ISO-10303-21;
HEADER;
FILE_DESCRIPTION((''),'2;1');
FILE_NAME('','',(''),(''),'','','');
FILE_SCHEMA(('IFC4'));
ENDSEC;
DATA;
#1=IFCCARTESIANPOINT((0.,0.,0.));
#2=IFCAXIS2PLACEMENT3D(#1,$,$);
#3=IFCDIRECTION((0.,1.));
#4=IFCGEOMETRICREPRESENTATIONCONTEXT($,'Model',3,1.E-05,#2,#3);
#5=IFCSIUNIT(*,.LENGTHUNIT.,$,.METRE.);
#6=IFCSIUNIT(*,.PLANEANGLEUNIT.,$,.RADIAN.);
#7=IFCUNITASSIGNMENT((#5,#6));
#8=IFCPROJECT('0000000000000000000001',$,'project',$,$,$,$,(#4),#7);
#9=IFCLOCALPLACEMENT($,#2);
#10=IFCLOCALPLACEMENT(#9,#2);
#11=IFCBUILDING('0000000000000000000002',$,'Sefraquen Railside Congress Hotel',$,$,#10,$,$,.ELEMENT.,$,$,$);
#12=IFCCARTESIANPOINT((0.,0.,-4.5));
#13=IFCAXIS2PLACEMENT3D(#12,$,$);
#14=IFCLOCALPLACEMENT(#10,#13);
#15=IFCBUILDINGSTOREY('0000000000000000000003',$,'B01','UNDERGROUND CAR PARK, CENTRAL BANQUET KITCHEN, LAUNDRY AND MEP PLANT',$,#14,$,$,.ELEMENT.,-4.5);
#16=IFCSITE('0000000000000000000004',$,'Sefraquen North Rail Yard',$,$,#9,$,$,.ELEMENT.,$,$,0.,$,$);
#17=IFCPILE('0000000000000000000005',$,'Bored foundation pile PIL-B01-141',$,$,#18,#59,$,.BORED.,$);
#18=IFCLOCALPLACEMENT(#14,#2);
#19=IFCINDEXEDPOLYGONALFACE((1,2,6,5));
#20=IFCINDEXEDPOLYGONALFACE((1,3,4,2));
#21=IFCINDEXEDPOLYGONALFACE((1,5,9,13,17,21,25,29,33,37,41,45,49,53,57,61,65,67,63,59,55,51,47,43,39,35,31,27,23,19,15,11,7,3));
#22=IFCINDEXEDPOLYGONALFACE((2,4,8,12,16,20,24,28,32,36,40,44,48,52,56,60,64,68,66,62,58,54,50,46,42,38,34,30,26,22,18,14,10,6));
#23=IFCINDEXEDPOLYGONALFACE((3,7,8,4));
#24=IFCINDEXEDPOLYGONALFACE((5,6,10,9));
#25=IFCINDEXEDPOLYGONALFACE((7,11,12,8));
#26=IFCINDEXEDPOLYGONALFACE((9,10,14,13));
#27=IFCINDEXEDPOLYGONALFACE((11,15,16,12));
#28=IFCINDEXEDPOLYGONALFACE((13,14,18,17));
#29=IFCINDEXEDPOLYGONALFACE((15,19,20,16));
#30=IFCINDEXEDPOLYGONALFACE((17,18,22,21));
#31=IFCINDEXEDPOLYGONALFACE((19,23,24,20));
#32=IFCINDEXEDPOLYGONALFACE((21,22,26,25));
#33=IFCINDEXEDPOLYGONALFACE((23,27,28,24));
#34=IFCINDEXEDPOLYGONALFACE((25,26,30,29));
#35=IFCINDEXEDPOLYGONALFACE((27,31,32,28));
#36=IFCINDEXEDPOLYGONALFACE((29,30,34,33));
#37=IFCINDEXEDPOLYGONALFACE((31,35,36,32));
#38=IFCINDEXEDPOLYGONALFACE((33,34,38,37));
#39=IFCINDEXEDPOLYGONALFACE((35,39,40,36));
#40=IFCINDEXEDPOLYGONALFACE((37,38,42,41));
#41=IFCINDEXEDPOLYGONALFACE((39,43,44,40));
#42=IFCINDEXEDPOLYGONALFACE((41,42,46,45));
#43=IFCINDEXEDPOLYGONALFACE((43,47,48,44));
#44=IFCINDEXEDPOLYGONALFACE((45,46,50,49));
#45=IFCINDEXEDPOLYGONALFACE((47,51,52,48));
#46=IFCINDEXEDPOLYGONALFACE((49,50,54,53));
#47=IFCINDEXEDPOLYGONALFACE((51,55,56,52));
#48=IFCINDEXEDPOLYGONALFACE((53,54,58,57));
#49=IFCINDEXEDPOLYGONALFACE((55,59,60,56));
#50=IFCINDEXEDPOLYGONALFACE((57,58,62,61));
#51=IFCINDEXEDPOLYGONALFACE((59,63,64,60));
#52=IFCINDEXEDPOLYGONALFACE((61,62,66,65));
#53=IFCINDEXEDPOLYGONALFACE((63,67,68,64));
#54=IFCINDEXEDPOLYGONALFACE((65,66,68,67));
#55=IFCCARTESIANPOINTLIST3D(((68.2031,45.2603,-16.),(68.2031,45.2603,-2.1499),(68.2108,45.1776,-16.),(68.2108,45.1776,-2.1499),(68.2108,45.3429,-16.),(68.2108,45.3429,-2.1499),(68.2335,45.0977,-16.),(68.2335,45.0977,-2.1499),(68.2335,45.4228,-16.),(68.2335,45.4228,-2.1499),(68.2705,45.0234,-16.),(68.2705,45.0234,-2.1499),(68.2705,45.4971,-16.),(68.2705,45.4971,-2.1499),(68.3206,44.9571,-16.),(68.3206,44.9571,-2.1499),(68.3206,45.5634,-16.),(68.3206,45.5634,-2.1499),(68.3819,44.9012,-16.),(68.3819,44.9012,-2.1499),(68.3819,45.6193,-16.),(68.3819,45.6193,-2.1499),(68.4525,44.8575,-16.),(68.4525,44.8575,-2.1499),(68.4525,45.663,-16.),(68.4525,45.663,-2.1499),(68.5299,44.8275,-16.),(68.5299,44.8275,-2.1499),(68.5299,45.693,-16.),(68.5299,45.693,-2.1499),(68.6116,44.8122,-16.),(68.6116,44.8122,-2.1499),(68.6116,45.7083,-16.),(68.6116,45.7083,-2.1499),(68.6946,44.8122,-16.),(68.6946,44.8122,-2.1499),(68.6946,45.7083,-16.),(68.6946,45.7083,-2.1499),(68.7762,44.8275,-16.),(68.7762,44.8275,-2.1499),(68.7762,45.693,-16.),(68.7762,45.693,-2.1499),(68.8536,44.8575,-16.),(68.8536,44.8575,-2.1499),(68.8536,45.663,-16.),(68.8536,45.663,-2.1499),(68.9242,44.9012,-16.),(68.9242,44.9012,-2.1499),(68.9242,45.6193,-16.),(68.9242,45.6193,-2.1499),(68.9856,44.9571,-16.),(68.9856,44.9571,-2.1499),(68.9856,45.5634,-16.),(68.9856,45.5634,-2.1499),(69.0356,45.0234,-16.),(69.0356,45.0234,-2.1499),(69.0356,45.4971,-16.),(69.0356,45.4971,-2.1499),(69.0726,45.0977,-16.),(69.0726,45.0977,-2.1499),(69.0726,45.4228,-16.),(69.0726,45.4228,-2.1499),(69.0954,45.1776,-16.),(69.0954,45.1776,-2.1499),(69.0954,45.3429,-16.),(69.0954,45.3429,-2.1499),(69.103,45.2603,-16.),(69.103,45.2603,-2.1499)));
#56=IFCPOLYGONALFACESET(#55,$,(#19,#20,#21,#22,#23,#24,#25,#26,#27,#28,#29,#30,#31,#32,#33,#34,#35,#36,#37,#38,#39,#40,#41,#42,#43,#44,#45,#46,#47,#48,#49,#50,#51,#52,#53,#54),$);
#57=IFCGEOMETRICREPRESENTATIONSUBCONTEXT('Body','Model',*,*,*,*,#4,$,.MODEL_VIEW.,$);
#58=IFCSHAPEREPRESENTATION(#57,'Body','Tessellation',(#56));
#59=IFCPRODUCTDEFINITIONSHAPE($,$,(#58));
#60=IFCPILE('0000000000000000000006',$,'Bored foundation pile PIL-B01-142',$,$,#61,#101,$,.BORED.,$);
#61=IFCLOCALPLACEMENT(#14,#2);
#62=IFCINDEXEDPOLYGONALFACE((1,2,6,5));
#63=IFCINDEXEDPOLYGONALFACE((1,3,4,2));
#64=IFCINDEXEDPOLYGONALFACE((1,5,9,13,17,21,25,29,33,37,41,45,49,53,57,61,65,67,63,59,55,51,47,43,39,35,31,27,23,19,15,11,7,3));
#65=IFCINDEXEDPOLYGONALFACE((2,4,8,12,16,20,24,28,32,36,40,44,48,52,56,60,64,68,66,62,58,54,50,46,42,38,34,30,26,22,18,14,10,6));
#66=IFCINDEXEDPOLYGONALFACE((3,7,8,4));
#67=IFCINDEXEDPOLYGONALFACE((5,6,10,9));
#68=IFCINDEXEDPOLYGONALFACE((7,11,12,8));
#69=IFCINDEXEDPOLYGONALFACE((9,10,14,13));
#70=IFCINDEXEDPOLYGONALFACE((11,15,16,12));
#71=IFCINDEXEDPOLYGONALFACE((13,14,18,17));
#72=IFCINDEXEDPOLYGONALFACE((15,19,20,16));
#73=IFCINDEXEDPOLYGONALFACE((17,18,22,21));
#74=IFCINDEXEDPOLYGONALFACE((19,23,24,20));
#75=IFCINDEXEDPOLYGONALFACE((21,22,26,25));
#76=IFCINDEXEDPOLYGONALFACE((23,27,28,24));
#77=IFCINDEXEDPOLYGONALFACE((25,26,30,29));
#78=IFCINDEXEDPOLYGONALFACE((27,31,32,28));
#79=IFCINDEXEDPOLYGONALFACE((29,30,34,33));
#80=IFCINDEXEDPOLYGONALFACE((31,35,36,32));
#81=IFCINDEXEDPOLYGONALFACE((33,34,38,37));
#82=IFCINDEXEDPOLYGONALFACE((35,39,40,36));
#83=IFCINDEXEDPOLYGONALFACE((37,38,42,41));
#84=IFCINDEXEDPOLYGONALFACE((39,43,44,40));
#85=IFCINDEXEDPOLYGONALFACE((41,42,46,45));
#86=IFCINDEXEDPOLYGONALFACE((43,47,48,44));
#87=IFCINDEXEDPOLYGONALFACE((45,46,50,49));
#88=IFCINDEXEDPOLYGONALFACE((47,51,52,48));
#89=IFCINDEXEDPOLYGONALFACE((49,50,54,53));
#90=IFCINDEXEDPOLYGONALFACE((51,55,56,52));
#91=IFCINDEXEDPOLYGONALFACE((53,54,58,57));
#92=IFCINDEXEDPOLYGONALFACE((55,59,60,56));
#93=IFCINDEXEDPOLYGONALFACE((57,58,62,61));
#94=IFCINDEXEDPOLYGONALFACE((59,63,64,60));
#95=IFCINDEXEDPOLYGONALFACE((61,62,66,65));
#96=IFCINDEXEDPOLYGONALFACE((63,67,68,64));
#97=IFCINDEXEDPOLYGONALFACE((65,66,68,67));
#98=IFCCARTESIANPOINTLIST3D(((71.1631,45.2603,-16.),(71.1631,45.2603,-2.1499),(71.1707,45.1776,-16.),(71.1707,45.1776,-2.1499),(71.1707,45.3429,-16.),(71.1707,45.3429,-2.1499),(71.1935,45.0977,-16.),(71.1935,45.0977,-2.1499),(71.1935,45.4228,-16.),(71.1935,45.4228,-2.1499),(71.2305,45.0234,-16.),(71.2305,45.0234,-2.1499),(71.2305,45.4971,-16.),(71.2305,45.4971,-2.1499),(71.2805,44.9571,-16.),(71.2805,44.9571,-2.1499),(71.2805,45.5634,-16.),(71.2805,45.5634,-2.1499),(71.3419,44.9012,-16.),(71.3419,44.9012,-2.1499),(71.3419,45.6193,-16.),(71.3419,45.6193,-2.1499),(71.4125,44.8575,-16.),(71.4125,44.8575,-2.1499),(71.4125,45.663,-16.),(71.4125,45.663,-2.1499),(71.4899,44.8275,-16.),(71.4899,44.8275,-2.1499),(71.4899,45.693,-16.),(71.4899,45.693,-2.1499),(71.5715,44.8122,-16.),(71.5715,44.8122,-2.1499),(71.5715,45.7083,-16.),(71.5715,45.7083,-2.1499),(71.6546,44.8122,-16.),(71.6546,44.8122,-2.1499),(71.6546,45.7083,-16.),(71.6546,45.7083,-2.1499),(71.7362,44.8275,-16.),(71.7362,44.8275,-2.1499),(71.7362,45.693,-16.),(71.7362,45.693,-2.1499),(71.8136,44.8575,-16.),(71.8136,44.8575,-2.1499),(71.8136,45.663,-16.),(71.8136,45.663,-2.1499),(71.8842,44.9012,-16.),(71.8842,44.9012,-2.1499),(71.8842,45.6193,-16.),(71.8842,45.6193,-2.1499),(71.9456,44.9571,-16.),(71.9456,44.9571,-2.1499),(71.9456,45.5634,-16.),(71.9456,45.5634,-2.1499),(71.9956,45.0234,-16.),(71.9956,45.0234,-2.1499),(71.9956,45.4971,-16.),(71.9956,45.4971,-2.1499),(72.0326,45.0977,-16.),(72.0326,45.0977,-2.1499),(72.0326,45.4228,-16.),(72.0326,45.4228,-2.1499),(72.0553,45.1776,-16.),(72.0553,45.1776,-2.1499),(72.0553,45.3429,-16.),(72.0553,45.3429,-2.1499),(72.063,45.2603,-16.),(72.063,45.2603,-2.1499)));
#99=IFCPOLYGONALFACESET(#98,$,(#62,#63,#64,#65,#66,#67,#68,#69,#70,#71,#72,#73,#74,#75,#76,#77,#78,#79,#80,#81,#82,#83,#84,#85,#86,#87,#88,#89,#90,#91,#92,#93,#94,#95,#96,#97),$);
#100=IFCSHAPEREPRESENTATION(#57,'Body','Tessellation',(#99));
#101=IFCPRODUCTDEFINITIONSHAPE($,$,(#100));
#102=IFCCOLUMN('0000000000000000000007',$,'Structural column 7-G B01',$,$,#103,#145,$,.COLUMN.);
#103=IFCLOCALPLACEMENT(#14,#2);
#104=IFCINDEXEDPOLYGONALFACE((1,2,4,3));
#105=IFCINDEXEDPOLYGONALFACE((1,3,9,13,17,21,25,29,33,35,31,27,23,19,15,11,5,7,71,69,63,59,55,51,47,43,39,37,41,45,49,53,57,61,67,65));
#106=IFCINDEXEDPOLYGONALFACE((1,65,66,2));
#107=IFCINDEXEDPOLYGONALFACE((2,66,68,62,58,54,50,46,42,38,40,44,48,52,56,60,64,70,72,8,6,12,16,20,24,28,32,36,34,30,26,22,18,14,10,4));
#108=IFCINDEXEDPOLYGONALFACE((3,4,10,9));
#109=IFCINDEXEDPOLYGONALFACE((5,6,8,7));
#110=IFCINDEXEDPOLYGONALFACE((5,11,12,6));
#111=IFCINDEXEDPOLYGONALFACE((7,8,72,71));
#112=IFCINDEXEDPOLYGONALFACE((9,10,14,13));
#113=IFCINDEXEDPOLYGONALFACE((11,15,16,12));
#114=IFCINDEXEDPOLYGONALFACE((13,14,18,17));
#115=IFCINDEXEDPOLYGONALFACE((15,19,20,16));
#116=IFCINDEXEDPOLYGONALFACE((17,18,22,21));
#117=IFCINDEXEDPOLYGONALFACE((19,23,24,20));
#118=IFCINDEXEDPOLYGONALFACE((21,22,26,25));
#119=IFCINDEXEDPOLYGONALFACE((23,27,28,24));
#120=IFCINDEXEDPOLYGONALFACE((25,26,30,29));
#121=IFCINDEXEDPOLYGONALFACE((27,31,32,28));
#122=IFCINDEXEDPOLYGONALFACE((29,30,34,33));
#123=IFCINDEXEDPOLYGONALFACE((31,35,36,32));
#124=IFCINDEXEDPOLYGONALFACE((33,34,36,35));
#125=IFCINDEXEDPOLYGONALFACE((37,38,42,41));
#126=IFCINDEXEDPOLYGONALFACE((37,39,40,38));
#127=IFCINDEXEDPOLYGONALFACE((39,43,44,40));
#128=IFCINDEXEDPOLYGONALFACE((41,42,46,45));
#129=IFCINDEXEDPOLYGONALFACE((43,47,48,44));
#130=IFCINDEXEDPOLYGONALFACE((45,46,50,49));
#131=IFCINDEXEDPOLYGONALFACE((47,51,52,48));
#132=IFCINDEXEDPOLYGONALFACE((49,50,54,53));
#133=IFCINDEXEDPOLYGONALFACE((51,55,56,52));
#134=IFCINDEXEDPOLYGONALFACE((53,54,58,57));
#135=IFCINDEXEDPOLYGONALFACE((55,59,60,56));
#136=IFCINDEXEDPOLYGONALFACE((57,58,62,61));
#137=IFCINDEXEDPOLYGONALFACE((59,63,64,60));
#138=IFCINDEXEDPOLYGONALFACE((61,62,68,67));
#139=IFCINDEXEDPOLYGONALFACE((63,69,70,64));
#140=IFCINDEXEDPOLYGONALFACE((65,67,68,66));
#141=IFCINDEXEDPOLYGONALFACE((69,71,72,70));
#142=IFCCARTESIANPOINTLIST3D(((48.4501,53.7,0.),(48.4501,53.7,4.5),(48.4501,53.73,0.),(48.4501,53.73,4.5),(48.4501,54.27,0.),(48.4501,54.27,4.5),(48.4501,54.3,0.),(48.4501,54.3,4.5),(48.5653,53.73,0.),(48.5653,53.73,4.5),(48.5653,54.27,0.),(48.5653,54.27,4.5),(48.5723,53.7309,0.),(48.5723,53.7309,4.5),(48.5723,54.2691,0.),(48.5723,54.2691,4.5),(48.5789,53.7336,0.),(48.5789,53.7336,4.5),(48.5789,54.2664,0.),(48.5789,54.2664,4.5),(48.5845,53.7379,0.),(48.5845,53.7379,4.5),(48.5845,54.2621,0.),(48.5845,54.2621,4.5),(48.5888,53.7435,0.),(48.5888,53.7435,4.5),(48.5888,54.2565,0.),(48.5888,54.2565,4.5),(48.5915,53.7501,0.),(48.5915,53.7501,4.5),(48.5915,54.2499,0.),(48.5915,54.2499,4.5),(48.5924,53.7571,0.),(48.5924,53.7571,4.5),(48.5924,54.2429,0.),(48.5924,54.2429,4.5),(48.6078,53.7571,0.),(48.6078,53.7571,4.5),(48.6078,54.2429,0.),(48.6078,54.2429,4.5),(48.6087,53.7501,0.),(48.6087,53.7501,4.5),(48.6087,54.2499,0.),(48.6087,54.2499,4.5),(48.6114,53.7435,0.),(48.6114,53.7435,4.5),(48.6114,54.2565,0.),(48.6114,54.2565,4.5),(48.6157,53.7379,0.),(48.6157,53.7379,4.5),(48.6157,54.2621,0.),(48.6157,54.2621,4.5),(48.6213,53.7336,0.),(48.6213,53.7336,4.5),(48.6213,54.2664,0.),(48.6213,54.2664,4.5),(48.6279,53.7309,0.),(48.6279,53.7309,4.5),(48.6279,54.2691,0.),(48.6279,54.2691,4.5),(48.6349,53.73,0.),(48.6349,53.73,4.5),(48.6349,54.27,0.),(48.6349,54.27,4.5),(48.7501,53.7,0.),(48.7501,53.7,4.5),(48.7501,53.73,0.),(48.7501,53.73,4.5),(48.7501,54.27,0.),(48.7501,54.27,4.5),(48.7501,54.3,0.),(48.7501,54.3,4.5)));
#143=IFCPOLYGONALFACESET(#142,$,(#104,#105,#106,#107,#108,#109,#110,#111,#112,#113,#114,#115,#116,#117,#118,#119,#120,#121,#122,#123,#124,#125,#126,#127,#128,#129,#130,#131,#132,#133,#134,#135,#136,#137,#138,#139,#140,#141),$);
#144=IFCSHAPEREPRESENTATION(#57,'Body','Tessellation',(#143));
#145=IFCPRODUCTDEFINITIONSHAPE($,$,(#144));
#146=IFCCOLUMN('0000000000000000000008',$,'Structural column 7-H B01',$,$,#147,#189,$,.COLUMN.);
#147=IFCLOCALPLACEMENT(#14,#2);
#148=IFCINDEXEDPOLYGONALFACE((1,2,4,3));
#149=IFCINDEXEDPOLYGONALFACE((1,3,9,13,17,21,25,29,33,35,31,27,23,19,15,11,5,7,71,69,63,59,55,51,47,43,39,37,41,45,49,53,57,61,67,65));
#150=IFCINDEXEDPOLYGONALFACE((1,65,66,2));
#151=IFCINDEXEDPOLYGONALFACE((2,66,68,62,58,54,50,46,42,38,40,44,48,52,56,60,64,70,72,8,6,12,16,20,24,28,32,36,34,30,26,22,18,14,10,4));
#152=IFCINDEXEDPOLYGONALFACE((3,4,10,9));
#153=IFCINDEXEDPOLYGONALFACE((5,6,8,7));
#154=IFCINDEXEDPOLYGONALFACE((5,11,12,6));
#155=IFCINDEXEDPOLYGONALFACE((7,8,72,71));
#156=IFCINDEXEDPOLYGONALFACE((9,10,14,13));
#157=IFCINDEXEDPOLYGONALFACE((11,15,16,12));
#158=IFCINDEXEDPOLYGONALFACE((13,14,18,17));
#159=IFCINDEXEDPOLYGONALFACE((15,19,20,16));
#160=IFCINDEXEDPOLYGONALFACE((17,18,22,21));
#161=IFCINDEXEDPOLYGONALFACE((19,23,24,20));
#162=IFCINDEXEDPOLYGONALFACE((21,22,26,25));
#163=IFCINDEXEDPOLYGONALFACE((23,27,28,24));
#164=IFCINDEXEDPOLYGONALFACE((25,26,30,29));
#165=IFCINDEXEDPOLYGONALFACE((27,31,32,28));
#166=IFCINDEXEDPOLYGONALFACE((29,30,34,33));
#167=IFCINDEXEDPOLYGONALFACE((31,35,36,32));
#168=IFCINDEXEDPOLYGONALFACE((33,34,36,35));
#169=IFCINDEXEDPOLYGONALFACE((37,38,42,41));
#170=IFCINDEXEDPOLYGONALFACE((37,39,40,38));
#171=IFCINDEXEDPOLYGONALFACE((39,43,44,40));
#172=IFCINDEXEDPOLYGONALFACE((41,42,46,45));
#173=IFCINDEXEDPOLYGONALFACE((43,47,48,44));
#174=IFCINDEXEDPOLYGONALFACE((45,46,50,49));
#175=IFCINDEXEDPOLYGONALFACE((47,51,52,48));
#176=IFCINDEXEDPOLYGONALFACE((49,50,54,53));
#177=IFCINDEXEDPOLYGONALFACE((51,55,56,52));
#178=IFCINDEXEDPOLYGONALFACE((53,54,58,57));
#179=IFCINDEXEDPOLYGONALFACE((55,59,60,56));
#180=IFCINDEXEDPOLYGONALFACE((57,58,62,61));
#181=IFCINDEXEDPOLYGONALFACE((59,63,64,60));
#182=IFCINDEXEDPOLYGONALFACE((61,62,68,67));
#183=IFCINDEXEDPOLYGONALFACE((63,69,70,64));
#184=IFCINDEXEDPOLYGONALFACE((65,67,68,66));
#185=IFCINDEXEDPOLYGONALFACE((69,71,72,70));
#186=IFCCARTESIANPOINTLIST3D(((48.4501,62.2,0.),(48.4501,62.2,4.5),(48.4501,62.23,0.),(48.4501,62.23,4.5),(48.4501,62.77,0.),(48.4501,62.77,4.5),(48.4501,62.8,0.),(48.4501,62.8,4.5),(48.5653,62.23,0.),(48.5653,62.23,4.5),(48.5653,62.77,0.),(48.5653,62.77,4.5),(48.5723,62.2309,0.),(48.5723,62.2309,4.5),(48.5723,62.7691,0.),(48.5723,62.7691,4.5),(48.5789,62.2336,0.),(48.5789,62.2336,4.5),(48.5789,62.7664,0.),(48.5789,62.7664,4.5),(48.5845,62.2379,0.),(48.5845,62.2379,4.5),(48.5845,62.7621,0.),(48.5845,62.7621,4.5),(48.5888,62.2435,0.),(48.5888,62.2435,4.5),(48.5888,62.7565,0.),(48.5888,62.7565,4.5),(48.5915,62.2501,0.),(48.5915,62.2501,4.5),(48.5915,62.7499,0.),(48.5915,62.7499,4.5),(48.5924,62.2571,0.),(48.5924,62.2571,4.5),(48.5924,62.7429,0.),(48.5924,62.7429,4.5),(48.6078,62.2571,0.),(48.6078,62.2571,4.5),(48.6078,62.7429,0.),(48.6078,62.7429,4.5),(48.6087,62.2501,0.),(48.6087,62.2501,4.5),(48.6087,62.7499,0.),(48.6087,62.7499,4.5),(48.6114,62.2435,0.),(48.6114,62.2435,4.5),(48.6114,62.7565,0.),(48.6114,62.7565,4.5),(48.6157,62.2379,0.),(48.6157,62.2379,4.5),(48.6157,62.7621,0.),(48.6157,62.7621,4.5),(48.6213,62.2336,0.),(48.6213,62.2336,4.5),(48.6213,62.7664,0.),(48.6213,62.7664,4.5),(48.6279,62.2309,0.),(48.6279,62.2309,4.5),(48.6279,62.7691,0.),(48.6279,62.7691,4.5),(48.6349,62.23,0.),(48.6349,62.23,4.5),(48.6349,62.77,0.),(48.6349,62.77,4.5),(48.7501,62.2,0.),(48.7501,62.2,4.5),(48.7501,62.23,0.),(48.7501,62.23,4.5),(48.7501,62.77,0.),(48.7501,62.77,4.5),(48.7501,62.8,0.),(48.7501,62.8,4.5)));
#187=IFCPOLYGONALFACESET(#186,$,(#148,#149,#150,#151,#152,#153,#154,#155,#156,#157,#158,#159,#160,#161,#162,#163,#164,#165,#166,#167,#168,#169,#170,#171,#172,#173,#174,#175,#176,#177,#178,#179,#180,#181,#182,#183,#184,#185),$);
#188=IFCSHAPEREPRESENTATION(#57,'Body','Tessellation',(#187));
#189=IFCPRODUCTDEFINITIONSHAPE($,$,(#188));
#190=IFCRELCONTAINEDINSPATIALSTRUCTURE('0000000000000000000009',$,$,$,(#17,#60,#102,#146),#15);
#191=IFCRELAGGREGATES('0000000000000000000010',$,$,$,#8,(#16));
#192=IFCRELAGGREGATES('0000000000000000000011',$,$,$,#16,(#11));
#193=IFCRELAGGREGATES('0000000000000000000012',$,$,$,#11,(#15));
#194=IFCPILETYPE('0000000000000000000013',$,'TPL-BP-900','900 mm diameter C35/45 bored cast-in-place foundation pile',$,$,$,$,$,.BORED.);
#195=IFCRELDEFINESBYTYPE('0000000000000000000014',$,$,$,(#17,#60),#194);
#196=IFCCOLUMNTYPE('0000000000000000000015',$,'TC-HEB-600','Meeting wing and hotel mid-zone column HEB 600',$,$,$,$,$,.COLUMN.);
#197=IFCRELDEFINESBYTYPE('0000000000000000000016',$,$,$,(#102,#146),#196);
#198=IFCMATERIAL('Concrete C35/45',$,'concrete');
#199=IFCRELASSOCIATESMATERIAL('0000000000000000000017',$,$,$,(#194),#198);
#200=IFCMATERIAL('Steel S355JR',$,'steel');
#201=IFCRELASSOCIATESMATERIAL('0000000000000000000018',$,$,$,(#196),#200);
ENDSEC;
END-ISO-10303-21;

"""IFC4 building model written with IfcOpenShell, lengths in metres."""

from ifc_helpers import new_model, si_unit, direction, frame, origin, origin_2d, place, context, subcontext, project, spatial, circle, i_section, extrude, material, material_profile, profile_set, type_object, element, save


model = new_model("IFC4")

# Units and contexts
model_context = context("Model", 3, precision=1e-05, world=origin(), true_north=direction((0.0, 1.0)))
body_context = subcontext(model_context, "Body", "Model", "MODEL_VIEW")
ifc_project = project(units=[si_unit("LENGTHUNIT", "METRE"), si_unit("PLANEANGLEUNIT", "RADIAN")], contexts=[model_context])

# Site, building, storey
site_placement = place(None, origin())
site = spatial("IfcSite", under=ifc_project, at=site_placement, Name="Sefraquen North Rail Yard", CompositionType="ELEMENT", RefElevation=0.0)
building_placement = place(site_placement, origin())
building = spatial("IfcBuilding", under=site, at=building_placement, Name="Sefraquen Railside Congress Hotel", CompositionType="ELEMENT")
storey_placement = place(building_placement, frame((0.0, 0.0, -4.5)))
storey = spatial("IfcBuildingStorey", under=building, at=storey_placement, Name="B01", Description="UNDERGROUND CAR PARK, CENTRAL BANQUET KITCHEN, LAUNDRY AND MEP PLANT", CompositionType="ELEMENT", Elevation=-4.5)

# Piles
ifc_material_1 = material(Name="Concrete C35/45", Category="concrete")
ifc_material_profile_1 = material_profile(ifc_material_1, circle(Radius=0.45, at=origin_2d()), Name="BORED PILE 900")
ifc_profile_set_1 = profile_set([ifc_material_profile_1], Name="Concrete C35/45")
pile_type_1 = type_object("IfcPileType", Name="TPL-BP-900", Description="900 mm diameter C35/45 bored cast-in-place foundation pile", PredefinedType="BORED", material=ifc_profile_set_1)
for number, where, z_axis, x_axis, name in (
    (1, (68.6531, 45.2603, -2.1499), (0.0, 0.0, -1.0), (1.0, 0.0, 0.0), "Bored foundation pile PIL-B01-141"),
    (2, (71.613, 45.2603, -2.1499), (0.0, 0.0, -1.0), (1.0, 0.0, 0.0), "Bored foundation pile PIL-B01-142"),
):
    element("IfcPile", number, at=place(storey_placement, frame(where, z_axis=z_axis, x_axis=x_axis)), inside=storey, type_object=pile_type_1, Name=name, PredefinedType="BORED", context=body_context, shape_type="SweptSolid", body=[
        extrude(circle(Radius=0.45, at=origin_2d()), origin(), (0.0, 0.0, 1.0), 13.8501),
    ])

# Columns
ifc_material_2 = material(Name="Steel S355JR", Category="steel")
ifc_material_profile_2 = material_profile(ifc_material_2, i_section(OverallWidth=0.3, OverallDepth=0.6001, WebThickness=0.0154, FlangeThickness=0.03, FilletRadius=0.0271, at=origin_2d()), Name="HEB 600")
ifc_profile_set_2 = profile_set([ifc_material_profile_2], Name="Steel S355JR")
column_type_1 = type_object("IfcColumnType", Name="TC-HEB-600", Description="Meeting wing and hotel mid-zone column HEB 600", PredefinedType="COLUMN", material=ifc_profile_set_2)
for number, where, z_axis, x_axis, name in (
    (3, (48.6001, 54.0, 0.0), (0.0, 0.0, 1.0), (1.0, 0.0, 0.0), "Structural column 7-G B01"),
    (4, (48.6001, 62.5, 0.0), (0.0, 0.0, 1.0), (1.0, 0.0, 0.0), "Structural column 7-H B01"),
):
    element("IfcColumn", number, at=place(storey_placement, frame(where, z_axis=z_axis, x_axis=x_axis)), inside=storey, type_object=column_type_1, Name=name, PredefinedType="COLUMN", context=body_context, shape_type="SweptSolid", body=[
        extrude(i_section(OverallWidth=0.3, OverallDepth=0.6001, WebThickness=0.0154, FlangeThickness=0.03, FilletRadius=0.0271, at=origin_2d()), origin(), (0.0, 0.0, 1.0), 4.5),
    ])

save(model, "model.ifc")
